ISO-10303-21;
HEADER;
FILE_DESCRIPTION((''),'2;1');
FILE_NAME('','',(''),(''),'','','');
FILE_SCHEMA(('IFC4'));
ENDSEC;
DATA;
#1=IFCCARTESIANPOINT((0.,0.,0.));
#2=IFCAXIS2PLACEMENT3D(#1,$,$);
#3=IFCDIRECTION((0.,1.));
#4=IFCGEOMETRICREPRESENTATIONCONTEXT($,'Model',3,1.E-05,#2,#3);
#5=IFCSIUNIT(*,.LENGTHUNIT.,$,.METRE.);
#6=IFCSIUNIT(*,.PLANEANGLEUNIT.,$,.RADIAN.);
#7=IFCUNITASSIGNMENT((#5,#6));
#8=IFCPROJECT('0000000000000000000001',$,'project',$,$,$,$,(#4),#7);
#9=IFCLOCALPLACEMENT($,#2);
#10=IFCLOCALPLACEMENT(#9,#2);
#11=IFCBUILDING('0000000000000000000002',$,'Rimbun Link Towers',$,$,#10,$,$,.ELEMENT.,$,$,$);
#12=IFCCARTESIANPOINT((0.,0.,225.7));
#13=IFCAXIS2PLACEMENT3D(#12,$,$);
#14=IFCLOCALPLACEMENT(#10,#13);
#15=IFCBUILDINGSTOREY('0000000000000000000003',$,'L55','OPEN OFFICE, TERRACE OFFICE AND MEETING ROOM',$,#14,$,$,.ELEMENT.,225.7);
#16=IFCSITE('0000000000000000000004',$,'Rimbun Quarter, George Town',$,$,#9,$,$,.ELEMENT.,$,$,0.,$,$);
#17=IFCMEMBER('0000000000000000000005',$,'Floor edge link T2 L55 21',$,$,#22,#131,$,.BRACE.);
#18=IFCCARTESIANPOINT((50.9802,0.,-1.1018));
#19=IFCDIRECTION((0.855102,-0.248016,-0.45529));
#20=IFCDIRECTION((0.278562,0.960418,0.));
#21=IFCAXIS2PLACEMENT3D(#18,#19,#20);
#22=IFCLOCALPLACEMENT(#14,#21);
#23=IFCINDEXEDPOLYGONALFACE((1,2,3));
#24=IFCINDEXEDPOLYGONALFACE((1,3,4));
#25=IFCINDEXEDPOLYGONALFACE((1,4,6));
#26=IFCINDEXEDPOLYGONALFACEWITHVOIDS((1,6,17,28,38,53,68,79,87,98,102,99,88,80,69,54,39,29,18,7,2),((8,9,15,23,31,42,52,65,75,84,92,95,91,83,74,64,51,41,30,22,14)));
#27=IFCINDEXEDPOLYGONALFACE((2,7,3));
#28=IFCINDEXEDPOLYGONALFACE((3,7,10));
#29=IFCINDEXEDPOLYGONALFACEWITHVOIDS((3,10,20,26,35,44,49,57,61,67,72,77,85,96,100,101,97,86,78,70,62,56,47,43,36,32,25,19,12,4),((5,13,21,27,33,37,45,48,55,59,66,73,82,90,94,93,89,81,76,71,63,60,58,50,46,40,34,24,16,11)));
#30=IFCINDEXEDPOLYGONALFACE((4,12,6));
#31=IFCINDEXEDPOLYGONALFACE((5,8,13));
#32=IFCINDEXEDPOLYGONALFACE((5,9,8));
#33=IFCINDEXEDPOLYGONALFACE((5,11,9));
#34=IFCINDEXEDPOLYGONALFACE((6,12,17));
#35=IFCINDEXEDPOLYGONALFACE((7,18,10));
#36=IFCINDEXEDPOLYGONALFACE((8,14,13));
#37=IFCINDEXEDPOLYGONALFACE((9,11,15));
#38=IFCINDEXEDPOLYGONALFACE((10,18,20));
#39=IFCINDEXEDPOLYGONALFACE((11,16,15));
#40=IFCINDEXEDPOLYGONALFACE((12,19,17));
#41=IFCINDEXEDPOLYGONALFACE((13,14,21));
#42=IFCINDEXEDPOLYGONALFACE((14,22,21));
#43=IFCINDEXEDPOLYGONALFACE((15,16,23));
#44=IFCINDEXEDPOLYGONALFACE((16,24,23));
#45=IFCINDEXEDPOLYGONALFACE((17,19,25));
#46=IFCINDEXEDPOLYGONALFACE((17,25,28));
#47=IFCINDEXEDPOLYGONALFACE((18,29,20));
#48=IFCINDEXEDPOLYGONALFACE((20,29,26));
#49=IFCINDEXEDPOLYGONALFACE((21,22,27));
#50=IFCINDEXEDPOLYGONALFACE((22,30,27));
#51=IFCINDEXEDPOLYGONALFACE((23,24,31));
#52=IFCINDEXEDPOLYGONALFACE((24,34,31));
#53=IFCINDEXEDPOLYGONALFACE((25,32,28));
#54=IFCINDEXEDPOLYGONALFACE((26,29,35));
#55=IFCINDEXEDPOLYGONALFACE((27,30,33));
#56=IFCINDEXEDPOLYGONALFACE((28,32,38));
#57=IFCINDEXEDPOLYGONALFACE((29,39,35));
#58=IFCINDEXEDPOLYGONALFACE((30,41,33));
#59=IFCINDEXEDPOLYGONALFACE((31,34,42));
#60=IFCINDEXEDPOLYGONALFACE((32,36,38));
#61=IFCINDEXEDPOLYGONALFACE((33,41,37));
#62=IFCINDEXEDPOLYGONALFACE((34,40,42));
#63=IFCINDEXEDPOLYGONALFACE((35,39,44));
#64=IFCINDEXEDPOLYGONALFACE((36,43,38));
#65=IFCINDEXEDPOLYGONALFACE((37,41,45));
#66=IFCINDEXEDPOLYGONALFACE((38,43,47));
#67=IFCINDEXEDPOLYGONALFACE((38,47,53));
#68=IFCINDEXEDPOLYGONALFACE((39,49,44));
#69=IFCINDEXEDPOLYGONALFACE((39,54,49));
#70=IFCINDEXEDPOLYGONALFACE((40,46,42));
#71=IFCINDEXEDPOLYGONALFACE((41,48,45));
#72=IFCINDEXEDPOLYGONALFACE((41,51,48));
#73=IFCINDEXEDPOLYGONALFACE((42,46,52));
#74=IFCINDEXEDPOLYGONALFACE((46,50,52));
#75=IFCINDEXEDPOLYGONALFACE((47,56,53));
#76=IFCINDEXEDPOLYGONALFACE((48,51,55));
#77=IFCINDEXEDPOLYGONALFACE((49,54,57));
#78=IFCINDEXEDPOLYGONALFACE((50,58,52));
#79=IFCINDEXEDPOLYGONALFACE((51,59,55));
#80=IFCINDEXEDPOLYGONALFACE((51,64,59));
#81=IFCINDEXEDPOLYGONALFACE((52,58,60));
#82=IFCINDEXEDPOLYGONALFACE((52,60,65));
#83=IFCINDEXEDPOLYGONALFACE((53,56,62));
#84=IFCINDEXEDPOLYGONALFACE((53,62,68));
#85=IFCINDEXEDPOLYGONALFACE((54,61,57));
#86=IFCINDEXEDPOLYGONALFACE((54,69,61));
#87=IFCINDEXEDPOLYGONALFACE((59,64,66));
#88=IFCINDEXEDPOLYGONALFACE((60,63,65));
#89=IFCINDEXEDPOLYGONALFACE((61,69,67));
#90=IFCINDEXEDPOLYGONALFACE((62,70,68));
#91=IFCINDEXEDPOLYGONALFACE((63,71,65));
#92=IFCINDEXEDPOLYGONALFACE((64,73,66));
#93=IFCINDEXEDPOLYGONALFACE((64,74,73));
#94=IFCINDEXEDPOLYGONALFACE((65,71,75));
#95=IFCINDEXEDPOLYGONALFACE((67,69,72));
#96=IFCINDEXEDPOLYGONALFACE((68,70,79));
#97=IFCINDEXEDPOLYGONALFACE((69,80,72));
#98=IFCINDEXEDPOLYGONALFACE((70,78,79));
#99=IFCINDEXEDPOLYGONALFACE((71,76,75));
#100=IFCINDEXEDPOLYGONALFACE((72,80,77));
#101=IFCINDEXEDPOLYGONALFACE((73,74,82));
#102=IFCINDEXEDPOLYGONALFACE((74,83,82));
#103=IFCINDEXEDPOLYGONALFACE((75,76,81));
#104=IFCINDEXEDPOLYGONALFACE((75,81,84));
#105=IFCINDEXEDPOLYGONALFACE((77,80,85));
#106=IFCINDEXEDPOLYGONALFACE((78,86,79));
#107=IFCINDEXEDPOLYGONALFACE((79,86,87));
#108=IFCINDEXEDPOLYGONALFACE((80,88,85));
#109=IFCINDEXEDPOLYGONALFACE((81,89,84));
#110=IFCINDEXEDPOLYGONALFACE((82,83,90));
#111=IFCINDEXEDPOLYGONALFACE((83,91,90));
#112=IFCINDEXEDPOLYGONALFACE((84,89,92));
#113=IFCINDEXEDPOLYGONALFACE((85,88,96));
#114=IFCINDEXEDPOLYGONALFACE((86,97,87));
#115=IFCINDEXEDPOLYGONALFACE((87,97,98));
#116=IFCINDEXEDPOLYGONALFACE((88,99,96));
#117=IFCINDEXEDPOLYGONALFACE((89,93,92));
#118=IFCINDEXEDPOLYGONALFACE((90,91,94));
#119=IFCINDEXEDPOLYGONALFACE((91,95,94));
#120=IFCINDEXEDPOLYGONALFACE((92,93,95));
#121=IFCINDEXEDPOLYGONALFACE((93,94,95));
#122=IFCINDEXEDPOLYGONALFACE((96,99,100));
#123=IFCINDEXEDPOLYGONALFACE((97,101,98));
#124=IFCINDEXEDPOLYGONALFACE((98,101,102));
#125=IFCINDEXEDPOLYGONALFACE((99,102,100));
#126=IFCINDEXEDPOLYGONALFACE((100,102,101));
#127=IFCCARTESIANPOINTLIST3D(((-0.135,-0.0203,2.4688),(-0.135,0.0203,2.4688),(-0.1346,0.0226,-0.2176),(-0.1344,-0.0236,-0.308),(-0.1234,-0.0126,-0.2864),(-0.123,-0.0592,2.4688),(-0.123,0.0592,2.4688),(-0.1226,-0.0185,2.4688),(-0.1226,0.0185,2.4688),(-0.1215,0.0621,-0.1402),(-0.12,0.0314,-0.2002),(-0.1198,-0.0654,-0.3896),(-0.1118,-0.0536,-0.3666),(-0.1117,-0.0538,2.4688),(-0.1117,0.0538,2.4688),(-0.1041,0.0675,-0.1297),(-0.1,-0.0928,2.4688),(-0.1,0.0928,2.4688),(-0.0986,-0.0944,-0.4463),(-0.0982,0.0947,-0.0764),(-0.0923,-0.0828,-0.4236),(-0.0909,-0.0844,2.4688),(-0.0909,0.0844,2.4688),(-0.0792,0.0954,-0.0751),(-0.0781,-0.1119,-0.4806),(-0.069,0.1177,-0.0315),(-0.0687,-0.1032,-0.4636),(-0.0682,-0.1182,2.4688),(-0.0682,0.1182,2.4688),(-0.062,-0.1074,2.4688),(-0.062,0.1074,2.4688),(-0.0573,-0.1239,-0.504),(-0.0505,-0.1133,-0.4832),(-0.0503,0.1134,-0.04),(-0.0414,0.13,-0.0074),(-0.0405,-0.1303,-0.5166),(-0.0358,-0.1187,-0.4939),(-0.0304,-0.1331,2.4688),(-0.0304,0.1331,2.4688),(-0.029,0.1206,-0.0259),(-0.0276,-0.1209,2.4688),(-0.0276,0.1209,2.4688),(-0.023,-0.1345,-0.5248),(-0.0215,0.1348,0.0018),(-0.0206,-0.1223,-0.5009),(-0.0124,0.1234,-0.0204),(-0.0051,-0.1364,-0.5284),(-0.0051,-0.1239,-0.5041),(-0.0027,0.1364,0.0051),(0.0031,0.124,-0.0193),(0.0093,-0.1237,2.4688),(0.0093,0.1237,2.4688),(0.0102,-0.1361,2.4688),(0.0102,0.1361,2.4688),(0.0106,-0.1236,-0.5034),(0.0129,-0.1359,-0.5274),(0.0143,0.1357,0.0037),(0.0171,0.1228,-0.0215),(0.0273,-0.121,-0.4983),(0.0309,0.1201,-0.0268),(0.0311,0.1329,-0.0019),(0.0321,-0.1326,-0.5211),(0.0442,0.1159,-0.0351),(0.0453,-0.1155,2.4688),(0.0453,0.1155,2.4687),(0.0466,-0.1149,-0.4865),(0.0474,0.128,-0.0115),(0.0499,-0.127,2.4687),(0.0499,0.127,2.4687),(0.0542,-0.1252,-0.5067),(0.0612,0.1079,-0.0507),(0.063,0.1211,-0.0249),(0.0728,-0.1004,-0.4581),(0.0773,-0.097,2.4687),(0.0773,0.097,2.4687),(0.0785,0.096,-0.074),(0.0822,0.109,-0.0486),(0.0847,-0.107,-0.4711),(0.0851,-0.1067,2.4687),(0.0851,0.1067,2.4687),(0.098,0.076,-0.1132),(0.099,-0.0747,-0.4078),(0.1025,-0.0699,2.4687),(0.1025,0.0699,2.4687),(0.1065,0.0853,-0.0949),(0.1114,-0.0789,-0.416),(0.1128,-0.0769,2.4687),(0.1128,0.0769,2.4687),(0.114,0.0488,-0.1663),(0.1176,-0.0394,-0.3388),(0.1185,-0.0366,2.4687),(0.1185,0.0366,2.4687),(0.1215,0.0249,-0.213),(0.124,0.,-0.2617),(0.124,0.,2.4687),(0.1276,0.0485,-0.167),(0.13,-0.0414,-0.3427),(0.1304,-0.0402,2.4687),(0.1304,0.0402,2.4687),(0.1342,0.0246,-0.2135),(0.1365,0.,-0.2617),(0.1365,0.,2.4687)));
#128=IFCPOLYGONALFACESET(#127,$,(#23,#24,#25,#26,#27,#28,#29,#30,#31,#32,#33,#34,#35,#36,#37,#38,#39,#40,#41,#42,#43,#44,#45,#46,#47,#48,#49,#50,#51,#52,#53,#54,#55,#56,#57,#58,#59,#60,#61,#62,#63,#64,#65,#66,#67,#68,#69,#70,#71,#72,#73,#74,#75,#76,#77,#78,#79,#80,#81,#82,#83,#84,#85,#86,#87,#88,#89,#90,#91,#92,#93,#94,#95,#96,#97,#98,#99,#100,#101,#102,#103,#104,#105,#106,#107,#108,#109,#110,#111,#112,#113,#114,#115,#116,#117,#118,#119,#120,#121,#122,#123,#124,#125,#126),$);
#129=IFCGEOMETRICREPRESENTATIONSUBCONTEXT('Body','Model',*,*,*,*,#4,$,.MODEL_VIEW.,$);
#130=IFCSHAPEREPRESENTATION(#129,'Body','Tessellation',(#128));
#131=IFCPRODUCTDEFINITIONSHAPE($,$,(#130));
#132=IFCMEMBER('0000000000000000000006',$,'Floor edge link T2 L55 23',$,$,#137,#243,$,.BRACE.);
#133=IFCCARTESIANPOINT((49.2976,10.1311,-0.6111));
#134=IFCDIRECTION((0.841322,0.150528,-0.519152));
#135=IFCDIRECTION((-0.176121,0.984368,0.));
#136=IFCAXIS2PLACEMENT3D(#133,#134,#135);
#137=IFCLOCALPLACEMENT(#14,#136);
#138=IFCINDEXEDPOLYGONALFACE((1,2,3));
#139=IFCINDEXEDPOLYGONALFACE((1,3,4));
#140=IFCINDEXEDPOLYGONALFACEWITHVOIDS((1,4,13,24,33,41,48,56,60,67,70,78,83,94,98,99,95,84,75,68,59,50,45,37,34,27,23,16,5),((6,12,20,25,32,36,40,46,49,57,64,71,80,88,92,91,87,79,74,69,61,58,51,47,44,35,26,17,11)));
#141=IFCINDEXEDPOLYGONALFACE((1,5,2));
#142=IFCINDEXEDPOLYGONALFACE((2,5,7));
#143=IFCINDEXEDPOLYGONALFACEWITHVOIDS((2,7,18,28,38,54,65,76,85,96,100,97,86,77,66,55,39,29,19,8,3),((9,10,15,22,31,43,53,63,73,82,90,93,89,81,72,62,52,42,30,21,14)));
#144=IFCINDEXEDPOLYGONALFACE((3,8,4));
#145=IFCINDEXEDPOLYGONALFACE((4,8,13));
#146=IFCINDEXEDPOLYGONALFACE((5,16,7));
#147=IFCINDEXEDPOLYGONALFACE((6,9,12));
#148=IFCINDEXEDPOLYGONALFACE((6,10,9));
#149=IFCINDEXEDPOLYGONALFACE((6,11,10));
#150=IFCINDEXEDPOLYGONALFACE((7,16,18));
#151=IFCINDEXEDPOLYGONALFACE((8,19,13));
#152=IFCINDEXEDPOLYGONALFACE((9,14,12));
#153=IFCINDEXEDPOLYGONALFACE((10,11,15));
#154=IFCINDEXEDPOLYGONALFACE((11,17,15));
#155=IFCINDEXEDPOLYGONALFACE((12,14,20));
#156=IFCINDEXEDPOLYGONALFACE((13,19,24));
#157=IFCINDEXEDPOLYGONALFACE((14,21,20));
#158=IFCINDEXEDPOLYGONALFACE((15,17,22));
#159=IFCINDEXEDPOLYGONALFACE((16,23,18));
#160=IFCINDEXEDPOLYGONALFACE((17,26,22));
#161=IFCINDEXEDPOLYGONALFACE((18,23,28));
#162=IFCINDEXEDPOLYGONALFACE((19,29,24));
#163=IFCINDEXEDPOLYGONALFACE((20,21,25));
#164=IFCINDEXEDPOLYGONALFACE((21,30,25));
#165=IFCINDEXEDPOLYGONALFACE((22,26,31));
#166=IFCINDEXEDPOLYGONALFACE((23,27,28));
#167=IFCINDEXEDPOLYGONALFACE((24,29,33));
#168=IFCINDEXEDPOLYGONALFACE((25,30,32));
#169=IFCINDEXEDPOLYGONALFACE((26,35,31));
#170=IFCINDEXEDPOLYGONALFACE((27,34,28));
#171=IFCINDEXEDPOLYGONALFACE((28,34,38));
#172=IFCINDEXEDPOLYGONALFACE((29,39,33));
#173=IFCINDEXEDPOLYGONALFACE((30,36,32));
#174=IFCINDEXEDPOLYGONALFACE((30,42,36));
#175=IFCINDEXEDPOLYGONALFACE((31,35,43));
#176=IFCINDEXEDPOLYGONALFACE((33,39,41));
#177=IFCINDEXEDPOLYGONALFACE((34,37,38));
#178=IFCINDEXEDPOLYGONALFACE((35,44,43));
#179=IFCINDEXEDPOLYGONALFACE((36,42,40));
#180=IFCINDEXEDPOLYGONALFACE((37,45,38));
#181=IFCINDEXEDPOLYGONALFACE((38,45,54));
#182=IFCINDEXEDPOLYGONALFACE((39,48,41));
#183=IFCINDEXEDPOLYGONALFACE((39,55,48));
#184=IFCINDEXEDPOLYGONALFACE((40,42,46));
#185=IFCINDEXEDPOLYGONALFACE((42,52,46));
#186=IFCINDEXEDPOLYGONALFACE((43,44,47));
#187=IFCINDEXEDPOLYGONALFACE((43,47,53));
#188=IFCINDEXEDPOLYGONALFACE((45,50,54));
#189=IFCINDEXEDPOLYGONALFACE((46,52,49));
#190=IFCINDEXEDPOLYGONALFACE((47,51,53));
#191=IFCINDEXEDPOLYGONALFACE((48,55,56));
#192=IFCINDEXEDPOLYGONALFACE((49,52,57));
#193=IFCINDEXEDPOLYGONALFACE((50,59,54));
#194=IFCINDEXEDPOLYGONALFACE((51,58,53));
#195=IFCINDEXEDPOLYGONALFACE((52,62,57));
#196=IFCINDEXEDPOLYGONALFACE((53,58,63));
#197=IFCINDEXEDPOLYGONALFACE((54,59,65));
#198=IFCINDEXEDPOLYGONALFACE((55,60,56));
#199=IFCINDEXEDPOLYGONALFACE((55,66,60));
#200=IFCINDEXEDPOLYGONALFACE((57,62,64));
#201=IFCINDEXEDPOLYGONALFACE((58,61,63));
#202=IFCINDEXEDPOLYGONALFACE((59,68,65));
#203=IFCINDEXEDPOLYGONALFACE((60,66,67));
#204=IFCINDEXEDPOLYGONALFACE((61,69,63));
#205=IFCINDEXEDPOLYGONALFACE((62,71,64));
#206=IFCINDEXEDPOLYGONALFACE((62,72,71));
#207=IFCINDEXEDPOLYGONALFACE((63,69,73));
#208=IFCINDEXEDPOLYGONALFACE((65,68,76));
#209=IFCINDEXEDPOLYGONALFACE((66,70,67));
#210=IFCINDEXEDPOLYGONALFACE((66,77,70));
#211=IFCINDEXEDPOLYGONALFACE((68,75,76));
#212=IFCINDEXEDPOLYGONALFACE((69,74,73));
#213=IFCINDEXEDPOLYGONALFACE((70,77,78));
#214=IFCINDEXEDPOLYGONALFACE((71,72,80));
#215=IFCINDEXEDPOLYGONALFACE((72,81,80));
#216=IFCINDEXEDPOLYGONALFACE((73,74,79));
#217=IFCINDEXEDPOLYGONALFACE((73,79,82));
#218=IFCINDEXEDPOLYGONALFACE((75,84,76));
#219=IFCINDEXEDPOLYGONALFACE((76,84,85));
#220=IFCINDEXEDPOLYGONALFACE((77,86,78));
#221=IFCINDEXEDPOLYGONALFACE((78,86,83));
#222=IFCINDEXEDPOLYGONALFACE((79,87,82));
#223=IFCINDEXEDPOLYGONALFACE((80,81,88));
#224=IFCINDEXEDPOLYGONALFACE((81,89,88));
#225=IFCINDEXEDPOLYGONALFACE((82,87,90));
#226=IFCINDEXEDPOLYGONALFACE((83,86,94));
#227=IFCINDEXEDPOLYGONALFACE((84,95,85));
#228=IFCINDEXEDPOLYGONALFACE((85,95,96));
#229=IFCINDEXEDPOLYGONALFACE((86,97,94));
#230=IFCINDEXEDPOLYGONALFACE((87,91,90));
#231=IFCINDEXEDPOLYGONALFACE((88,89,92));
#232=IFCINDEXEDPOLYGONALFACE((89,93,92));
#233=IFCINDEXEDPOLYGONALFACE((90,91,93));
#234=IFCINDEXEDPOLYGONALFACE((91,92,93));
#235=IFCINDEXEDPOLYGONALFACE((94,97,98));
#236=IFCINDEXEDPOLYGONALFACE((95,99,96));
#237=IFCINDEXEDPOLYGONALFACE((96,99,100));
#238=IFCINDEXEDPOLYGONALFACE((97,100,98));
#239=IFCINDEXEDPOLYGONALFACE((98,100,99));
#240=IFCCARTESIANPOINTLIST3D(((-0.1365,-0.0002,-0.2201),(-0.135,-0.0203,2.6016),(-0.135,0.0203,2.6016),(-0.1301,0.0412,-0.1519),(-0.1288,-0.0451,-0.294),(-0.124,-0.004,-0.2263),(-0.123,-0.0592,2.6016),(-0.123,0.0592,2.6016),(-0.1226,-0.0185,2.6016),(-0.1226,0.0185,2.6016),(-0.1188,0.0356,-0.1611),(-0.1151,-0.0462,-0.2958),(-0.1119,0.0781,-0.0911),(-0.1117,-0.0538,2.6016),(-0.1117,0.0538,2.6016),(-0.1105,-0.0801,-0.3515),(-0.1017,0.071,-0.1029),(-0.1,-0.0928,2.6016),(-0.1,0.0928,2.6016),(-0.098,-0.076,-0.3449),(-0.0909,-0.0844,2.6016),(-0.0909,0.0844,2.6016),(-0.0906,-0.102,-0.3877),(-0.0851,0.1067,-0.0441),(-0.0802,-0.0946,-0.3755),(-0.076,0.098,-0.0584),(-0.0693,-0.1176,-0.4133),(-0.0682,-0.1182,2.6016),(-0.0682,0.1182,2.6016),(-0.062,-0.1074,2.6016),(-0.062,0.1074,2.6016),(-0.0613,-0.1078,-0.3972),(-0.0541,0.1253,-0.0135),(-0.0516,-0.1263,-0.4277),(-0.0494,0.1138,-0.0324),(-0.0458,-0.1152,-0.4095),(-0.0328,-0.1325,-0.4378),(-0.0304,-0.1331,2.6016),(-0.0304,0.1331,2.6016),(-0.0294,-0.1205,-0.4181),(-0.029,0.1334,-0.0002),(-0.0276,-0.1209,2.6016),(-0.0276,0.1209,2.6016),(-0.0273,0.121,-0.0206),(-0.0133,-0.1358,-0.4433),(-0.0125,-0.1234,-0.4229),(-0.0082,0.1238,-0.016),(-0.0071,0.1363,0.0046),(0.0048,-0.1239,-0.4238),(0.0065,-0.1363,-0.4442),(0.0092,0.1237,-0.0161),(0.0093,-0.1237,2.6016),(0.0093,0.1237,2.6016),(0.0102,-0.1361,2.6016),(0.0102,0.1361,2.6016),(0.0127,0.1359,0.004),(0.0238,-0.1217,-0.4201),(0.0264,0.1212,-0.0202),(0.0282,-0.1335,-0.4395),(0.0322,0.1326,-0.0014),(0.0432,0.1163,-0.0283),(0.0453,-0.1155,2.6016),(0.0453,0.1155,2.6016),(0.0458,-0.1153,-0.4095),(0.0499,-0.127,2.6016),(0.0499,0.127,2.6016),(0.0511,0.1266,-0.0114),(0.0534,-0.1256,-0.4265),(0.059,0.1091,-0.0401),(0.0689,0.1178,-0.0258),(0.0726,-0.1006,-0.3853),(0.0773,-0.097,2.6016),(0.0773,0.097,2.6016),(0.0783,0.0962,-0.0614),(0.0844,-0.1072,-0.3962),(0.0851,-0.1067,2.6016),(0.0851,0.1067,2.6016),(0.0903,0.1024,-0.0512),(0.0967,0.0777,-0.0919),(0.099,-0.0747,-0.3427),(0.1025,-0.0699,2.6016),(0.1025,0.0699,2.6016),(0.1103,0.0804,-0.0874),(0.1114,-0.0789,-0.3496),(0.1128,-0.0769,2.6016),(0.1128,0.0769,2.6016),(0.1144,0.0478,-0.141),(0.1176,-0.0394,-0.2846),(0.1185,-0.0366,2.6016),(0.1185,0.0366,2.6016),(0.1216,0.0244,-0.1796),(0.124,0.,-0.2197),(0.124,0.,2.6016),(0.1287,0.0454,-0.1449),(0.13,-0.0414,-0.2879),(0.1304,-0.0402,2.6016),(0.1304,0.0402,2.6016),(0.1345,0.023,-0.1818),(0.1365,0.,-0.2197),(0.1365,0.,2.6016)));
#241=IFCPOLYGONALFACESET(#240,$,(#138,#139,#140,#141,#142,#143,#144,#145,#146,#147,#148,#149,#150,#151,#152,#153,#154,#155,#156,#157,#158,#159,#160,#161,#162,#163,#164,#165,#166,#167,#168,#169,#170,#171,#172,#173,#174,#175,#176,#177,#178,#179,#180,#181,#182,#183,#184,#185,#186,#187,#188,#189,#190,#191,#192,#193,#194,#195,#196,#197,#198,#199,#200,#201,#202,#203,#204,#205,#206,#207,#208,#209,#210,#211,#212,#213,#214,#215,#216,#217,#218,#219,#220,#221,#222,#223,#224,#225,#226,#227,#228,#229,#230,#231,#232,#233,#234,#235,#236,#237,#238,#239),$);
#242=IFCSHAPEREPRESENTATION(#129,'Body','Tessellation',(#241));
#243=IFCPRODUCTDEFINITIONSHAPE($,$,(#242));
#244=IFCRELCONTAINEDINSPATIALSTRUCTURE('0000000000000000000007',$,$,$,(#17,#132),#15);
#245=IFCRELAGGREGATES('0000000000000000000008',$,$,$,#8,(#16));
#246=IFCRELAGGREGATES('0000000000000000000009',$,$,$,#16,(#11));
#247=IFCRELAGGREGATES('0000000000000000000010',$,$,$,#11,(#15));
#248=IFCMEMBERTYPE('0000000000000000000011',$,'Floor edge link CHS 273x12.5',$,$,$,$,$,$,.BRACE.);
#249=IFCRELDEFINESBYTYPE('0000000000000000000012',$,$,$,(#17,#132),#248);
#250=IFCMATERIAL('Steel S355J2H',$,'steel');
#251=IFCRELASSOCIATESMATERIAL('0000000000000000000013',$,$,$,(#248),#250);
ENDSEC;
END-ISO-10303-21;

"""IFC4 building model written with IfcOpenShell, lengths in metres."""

from ifc_helpers import new_model, si_unit, direction, frame, origin, origin_2d, place, context, subcontext, project, spatial, hollow_circle, extrude, clip, halfspace, material, material_profile, profile_set, type_object, element, save


model = new_model("IFC4")

# Units and contexts
model_context = context("Model", 3, precision=1e-05, world=origin(), true_north=direction((0.0, 1.0)))
body_context = subcontext(model_context, "Body", "Model", "MODEL_VIEW")
ifc_project = project(units=[si_unit("LENGTHUNIT", "METRE"), si_unit("PLANEANGLEUNIT", "RADIAN")], contexts=[model_context])

# Site, building, storey
site_placement = place(None, origin())
site = spatial("IfcSite", under=ifc_project, at=site_placement, Name="Rimbun Quarter, George Town", CompositionType="ELEMENT", RefElevation=0.0)
building_placement = place(site_placement, origin())
building = spatial("IfcBuilding", under=site, at=building_placement, Name="Rimbun Link Towers", CompositionType="ELEMENT")
storey_placement = place(building_placement, frame((0.0, 0.0, 225.7)))
storey = spatial("IfcBuildingStorey", under=building, at=storey_placement, Name="L55", Description="OPEN OFFICE, TERRACE OFFICE AND MEETING ROOM", CompositionType="ELEMENT", Elevation=225.7)

# Members
ifc_material_1 = material(Name="Steel S355J2H", Category="steel")
ifc_material_profile_1 = material_profile(ifc_material_1, hollow_circle(Radius=0.1365, WallThickness=0.0125, at=origin_2d()), Name="CHS 273x12.5")
ifc_profile_set_1 = profile_set([ifc_material_profile_1], Name="Steel S355J2H")
member_type_1 = type_object("IfcMemberType", Name="Floor edge link CHS 273x12.5", PredefinedType="BRACE", material=ifc_profile_set_1)
member_1_placement = place(storey_placement, frame((50.9802, 0.0, -1.1018), z_axis=(0.855102, -0.248016, -0.45529), x_axis=(0.278562, 0.960418, 0.0)))
element("IfcMember", 1, at=member_1_placement, inside=storey, type_object=member_type_1, Name="Floor edge link T2 L55 21", PredefinedType="BRACE", context=body_context, shape_type="Clipping", body=[
    clip(extrude(hollow_circle(Radius=0.1365, WallThickness=0.0125, at=origin_2d()), frame((0.0, 0.0, -0.5557)), (0.0, 0.0, 1.0), 3.0244), halfspace(frame((0.0, 0.0, -0.2617), z_axis=(0.0, 0.890343, -0.45529)), False)),
])
member_2_placement = place(storey_placement, frame((49.2976, 10.1311, -0.6111), z_axis=(0.841322, 0.150528, -0.519152), x_axis=(-0.176121, 0.984368, 0.0)))
element("IfcMember", 2, at=member_2_placement, inside=storey, type_object=member_type_1, Name="Floor edge link T2 L55 23", PredefinedType="BRACE", context=body_context, shape_type="Clipping", body=[
    clip(extrude(hollow_circle(Radius=0.1365, WallThickness=0.0125, at=origin_2d()), frame((0.0, 0.0, -0.4688)), (0.0, 0.0, 1.0), 3.0703), halfspace(frame((0.0, 0.0, -0.2197), z_axis=(0.0, 0.854682, -0.519152)), False)),
])

save(model, "model.ifc")
